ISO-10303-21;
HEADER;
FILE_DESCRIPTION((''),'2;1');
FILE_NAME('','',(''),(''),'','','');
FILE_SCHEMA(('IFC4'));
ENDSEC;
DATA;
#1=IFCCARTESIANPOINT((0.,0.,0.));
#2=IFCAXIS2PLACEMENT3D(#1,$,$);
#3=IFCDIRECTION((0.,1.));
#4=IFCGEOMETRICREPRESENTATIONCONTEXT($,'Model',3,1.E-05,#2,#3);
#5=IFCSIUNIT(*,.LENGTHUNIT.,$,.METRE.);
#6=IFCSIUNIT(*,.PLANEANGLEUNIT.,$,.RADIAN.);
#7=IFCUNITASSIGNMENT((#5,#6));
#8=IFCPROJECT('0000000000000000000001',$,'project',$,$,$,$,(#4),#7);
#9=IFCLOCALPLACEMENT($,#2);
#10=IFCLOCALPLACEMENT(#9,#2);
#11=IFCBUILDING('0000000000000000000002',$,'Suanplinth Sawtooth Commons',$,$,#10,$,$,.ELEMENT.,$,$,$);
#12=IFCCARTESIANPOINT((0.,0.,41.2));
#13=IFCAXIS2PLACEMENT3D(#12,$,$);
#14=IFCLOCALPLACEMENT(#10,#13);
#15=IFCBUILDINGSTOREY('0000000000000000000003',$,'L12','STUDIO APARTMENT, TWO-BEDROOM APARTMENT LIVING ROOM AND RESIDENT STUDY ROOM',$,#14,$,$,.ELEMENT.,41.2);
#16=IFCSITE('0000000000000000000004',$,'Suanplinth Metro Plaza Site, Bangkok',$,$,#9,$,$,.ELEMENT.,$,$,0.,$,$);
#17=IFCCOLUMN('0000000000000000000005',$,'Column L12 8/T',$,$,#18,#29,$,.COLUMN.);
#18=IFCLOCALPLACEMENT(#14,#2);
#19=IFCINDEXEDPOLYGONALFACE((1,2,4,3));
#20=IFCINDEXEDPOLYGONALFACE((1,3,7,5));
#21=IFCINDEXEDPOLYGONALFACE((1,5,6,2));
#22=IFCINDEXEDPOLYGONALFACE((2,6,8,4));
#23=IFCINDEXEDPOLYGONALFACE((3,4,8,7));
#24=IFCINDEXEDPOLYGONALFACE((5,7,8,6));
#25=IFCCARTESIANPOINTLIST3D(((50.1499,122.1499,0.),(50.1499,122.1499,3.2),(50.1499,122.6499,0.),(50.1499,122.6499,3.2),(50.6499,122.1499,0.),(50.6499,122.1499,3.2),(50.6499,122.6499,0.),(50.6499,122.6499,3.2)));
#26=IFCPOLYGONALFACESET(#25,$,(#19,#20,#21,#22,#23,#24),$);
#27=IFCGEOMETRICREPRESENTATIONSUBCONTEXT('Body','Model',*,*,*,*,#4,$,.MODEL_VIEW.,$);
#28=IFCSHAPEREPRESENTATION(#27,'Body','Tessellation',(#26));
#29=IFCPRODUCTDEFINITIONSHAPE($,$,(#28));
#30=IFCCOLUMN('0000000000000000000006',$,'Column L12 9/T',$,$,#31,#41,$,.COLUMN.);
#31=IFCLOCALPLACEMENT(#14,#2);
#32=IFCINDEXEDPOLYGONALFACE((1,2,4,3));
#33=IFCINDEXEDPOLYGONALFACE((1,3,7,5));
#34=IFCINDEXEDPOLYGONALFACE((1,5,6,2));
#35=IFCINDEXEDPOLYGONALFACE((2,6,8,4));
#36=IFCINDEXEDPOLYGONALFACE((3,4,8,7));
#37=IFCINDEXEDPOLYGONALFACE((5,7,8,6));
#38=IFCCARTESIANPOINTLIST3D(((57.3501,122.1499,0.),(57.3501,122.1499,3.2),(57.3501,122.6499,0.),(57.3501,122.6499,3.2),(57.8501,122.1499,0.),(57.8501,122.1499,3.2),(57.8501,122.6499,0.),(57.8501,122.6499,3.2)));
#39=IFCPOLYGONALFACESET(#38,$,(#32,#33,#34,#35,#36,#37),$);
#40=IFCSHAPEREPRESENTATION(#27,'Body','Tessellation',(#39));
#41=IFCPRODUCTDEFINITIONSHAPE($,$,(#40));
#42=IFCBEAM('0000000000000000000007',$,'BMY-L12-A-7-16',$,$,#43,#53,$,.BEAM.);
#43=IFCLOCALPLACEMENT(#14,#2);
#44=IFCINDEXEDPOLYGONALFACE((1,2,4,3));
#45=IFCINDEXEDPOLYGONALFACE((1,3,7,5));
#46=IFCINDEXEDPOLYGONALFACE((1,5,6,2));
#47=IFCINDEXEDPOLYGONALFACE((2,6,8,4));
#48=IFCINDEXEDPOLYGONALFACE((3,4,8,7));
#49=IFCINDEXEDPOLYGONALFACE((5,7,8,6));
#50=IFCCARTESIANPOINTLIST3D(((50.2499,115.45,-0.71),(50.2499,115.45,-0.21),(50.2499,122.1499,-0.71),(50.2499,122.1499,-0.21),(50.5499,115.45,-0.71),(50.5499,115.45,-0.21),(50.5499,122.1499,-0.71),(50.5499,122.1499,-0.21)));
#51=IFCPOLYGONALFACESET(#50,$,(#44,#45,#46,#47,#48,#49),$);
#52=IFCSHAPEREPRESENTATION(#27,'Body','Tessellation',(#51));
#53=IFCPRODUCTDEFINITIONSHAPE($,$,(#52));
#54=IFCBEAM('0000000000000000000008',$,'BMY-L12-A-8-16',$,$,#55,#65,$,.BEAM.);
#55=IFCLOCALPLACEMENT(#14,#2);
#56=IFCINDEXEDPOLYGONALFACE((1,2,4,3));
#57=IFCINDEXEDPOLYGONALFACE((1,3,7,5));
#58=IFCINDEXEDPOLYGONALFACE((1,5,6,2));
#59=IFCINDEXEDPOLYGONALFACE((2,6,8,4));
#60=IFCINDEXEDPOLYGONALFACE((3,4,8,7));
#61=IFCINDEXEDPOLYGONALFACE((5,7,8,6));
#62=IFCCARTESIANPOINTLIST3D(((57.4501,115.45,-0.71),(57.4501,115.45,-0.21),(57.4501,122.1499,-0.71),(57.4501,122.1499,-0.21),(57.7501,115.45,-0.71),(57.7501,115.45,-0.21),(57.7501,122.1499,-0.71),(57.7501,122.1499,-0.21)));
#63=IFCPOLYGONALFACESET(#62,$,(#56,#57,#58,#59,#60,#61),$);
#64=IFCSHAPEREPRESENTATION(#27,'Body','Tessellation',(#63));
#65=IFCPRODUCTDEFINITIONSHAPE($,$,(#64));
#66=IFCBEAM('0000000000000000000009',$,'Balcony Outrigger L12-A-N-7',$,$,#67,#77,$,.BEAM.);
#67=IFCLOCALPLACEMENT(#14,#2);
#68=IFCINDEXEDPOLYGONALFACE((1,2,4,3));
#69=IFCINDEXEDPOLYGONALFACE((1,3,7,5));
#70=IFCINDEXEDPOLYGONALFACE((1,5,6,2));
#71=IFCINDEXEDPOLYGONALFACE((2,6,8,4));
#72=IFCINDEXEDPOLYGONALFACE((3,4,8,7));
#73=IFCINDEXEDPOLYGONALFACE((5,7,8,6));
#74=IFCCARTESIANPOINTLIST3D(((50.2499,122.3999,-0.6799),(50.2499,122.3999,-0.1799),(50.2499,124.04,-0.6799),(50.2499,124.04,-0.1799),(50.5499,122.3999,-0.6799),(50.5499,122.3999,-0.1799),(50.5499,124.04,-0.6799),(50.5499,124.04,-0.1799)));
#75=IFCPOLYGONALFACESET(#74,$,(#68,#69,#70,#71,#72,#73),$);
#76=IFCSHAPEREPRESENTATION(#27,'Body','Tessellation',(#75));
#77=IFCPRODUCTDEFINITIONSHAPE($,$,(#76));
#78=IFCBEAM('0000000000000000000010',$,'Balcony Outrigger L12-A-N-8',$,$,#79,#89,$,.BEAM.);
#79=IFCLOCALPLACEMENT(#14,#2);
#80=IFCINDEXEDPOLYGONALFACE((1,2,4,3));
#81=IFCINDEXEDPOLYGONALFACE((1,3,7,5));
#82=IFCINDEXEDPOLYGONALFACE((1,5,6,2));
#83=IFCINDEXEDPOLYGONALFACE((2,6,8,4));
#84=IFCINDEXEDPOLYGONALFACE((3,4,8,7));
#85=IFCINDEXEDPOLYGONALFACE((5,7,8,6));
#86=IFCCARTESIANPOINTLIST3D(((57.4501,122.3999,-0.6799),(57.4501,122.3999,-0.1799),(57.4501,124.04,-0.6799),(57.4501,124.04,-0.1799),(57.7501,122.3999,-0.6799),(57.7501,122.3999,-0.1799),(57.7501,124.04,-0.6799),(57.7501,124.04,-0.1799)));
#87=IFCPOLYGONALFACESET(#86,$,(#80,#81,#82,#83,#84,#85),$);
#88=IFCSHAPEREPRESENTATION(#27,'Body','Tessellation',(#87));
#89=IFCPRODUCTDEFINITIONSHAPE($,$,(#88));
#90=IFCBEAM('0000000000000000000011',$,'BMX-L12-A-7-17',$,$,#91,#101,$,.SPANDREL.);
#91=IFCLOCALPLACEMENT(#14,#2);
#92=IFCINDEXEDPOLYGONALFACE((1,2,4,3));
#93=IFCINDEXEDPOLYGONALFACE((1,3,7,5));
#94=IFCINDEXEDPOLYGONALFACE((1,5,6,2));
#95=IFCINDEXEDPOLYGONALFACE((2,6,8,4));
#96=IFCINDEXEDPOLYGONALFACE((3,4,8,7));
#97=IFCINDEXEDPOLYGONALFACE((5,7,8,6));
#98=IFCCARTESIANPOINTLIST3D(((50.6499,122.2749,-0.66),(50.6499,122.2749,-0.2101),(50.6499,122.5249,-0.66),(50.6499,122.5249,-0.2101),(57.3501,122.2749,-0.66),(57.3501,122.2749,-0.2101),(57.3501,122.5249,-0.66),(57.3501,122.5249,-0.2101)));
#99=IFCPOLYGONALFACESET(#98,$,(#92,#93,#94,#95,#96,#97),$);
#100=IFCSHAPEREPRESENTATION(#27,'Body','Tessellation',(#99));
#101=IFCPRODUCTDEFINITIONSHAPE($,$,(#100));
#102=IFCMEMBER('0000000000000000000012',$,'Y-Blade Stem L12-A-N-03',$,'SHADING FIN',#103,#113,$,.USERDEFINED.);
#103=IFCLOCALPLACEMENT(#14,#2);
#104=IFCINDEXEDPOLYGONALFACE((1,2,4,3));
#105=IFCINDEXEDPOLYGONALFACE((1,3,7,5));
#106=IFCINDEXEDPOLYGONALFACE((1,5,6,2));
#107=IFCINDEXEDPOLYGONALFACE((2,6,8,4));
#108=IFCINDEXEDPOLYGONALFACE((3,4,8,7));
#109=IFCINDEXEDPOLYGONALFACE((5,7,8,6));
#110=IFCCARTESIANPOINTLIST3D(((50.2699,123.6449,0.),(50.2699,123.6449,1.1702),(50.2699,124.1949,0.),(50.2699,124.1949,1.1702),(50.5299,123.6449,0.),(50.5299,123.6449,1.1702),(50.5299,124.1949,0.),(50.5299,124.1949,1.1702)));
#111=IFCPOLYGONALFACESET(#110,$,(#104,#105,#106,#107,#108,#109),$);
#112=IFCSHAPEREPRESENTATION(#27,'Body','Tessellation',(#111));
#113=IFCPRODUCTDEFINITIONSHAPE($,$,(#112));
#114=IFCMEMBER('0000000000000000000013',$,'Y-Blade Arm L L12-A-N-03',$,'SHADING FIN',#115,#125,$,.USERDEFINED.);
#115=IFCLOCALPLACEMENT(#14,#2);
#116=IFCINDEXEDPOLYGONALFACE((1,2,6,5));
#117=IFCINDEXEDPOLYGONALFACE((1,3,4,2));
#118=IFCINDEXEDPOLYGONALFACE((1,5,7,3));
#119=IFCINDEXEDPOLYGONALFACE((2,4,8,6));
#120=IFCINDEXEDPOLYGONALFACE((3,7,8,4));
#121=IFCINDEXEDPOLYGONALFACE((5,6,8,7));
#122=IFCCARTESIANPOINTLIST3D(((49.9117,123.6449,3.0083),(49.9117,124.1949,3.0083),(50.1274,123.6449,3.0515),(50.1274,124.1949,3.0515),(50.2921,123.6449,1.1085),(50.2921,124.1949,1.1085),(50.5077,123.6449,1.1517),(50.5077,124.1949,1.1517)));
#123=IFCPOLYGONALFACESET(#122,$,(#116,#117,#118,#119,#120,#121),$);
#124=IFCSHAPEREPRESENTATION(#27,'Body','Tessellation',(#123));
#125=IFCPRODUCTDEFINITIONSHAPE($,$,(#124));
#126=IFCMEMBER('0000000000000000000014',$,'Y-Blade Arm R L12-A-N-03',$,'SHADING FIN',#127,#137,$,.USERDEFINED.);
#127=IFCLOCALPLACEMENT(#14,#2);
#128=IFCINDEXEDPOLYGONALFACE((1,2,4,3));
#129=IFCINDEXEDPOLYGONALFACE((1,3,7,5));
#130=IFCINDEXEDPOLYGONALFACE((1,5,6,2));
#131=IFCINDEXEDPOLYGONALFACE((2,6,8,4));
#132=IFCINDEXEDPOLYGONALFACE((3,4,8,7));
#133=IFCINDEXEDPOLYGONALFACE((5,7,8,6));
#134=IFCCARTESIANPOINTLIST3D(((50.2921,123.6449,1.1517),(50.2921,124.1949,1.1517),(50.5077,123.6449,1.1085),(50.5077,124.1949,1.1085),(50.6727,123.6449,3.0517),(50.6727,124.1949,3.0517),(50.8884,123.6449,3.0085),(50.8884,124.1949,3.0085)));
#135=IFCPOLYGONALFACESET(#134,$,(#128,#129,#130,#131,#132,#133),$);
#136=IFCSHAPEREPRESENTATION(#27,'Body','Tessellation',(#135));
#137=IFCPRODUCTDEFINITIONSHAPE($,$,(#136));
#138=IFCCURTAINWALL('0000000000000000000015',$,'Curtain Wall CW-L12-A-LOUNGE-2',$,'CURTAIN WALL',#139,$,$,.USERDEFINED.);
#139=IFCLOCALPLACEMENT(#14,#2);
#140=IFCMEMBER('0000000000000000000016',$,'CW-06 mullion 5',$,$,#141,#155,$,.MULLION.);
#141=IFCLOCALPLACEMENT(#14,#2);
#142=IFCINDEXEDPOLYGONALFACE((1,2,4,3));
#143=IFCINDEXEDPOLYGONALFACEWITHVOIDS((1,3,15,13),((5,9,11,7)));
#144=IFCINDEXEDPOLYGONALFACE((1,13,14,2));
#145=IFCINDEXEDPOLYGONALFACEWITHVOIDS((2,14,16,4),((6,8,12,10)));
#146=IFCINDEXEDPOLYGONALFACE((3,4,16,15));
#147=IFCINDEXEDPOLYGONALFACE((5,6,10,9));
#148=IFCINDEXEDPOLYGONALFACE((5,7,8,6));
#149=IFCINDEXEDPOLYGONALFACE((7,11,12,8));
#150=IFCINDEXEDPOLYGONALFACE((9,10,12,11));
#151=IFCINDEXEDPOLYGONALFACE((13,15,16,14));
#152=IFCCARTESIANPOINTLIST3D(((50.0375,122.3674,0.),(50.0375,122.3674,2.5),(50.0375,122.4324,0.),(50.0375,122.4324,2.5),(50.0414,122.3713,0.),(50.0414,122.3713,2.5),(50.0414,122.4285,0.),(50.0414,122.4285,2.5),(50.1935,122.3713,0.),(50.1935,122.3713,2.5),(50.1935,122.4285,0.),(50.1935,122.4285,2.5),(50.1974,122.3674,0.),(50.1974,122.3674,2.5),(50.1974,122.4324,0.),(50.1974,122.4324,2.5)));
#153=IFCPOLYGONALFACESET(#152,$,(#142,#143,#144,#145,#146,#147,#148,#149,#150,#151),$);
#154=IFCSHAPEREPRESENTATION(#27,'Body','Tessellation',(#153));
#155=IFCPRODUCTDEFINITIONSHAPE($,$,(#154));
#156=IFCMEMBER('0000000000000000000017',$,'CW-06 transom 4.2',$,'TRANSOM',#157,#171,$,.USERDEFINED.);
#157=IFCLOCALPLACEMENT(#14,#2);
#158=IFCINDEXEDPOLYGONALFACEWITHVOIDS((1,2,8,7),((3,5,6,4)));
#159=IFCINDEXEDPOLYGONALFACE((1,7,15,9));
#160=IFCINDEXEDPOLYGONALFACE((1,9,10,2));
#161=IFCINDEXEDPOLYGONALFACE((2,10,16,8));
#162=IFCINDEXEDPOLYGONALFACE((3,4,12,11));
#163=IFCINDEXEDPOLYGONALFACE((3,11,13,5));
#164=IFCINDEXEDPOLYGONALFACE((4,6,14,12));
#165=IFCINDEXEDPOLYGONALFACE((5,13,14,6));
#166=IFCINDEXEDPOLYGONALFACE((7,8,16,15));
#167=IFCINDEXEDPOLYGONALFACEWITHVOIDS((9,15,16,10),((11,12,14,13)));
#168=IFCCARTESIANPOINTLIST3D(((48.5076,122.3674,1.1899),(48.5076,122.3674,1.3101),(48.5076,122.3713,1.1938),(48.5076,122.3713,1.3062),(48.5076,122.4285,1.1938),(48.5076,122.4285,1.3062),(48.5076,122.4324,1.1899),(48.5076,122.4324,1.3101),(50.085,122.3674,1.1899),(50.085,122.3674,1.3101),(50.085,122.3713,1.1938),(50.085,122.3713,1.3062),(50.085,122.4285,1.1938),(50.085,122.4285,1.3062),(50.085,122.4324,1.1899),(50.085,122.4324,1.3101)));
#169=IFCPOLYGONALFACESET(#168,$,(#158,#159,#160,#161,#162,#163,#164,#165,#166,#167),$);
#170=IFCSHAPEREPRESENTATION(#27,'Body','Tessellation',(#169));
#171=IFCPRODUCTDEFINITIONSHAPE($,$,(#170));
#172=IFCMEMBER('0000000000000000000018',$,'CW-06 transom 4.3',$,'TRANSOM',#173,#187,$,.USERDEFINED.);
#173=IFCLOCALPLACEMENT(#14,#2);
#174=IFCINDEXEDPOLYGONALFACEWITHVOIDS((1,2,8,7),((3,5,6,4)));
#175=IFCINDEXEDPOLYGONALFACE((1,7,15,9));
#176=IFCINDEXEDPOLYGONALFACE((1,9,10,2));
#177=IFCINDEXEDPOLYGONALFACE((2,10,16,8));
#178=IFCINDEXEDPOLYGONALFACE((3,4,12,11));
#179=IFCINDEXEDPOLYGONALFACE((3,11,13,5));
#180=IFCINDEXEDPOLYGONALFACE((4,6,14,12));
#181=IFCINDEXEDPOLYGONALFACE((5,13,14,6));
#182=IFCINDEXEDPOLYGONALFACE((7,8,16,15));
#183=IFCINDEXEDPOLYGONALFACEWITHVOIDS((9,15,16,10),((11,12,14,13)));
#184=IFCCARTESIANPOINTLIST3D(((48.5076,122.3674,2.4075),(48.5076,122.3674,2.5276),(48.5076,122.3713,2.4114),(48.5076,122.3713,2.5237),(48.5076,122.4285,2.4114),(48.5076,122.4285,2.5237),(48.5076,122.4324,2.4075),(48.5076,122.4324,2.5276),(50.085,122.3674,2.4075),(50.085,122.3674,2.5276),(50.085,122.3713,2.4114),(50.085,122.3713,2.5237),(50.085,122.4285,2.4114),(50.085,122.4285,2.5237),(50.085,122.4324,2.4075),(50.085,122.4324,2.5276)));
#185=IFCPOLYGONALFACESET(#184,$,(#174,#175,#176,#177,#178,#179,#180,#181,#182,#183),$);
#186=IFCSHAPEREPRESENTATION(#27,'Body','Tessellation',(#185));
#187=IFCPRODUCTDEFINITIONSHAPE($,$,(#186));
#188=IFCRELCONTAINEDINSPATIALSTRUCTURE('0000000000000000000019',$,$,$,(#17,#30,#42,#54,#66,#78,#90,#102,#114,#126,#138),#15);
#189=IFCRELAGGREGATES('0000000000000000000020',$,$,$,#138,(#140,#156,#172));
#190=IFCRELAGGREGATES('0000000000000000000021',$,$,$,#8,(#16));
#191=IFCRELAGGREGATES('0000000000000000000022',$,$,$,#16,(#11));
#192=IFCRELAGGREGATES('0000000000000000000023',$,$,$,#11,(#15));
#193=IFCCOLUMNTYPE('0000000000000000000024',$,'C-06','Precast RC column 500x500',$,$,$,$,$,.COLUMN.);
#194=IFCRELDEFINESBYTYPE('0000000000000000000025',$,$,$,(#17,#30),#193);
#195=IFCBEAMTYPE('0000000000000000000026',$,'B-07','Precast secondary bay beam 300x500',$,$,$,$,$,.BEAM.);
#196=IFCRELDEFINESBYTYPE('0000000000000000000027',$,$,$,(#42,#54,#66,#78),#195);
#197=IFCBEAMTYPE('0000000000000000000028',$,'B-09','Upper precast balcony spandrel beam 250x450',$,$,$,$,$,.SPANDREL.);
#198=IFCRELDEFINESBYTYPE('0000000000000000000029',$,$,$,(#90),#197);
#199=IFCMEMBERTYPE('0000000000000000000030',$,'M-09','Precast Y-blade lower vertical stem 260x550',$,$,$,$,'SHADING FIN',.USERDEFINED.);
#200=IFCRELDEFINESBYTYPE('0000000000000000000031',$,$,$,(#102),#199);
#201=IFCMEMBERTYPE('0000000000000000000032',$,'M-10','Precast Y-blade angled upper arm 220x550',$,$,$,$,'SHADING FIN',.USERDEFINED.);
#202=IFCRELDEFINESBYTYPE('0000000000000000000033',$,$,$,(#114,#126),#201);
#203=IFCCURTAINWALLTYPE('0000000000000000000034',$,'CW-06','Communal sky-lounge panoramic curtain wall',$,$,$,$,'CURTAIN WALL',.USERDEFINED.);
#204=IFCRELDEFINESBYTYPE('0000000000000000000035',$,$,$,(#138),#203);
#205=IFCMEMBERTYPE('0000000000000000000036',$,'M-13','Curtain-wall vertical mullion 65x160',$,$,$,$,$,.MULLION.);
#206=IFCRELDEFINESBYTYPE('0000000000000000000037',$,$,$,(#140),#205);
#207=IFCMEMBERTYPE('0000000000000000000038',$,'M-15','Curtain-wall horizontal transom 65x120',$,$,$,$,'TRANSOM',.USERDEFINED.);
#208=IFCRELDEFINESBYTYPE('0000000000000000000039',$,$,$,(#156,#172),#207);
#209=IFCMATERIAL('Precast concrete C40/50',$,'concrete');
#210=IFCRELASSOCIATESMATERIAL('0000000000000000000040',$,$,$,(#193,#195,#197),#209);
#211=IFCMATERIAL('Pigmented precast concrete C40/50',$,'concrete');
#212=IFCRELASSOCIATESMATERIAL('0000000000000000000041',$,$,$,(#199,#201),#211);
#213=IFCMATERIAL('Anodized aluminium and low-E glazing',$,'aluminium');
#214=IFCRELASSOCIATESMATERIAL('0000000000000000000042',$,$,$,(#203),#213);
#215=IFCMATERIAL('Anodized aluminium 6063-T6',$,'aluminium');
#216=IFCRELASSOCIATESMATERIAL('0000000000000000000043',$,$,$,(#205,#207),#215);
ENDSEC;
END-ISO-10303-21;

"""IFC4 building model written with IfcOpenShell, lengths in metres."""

from ifc_helpers import new_model, si_unit, direction, frame, origin, origin_2d, place, context, subcontext, project, spatial, rectangle, hollow_rectangle, extrude, material, material_profile, profile_set, type_object, element, aggregate, save


model = new_model("IFC4")

# Units and contexts
model_context = context("Model", 3, precision=1e-05, world=origin(), true_north=direction((0.0, 1.0)))
body_context = subcontext(model_context, "Body", "Model", "MODEL_VIEW")
ifc_project = project(units=[si_unit("LENGTHUNIT", "METRE"), si_unit("PLANEANGLEUNIT", "RADIAN")], contexts=[model_context])

# Site, building, storey
site_placement = place(None, origin())
site = spatial("IfcSite", under=ifc_project, at=site_placement, Name="Suanplinth Metro Plaza Site, Bangkok", CompositionType="ELEMENT", RefElevation=0.0)
building_placement = place(site_placement, origin())
building = spatial("IfcBuilding", under=site, at=building_placement, Name="Suanplinth Sawtooth Commons", CompositionType="ELEMENT")
storey_placement = place(building_placement, frame((0.0, 0.0, 41.2)))
storey = spatial("IfcBuildingStorey", under=building, at=storey_placement, Name="L12", Description="STUDIO APARTMENT, TWO-BEDROOM APARTMENT LIVING ROOM AND RESIDENT STUDY ROOM", CompositionType="ELEMENT", Elevation=41.2)

# Columns
ifc_material_1 = material(Name="Precast concrete C40/50", Category="concrete")
ifc_material_profile_1 = material_profile(ifc_material_1, rectangle(XDim=0.5, YDim=0.5, at=origin_2d()), Name="PC-COL 500x500")
ifc_profile_set_1 = profile_set([ifc_material_profile_1], Name="Precast concrete C40/50")
column_type = type_object("IfcColumnType", Name="C-06", Description="Precast RC column 500x500", PredefinedType="COLUMN", material=ifc_profile_set_1)
for number, where, z_axis, x_axis, name in (
    (1, (50.3999, 122.3999, 0.0), (0.0, 0.0, 1.0), (1.0, 0.0, 0.0), "Column L12 8/T"),
    (2, (57.6001, 122.3999, 0.0), (0.0, 0.0, 1.0), (1.0, 0.0, 0.0), "Column L12 9/T"),
):
    element("IfcColumn", number, at=place(storey_placement, frame(where, z_axis=z_axis, x_axis=x_axis)), inside=storey, type_object=column_type, Name=name, PredefinedType="COLUMN", context=body_context, shape_type="SweptSolid", body=[
        extrude(rectangle(XDim=0.5, YDim=0.5, at=origin_2d()), origin(), (0.0, 0.0, 1.0), 3.2),
    ])

# Beams
ifc_material_profile_2 = material_profile(ifc_material_1, rectangle(XDim=0.3, YDim=0.5, at=origin_2d()), Name="PC-BM 300x500")
ifc_profile_set_2 = profile_set([ifc_material_profile_2], Name="Precast concrete C40/50")
beam_type_1 = type_object("IfcBeamType", Name="B-07", Description="Precast secondary bay beam 300x500", PredefinedType="BEAM", material=ifc_profile_set_2)
for number, where, z_axis, x_axis, name in (
    (3, (50.3999, 115.45, -0.46), (0.0, 1.0, 0.0), (-1.0, 0.0, 0.0), "BMY-L12-A-7-16"),
    (4, (57.6001, 115.45, -0.46), (0.0, 1.0, 0.0), (-1.0, 0.0, 0.0), "BMY-L12-A-8-16"),
):
    element("IfcBeam", number, at=place(storey_placement, frame(where, z_axis=z_axis, x_axis=x_axis)), inside=storey, type_object=beam_type_1, Name=name, PredefinedType="BEAM", context=body_context, shape_type="SweptSolid", body=[
        extrude(rectangle(XDim=0.3, YDim=0.5, at=origin_2d()), origin(), (0.0, 0.0, 1.0), 6.7),
    ])
for number, where, z_axis, x_axis, name in (
    (5, (50.3999, 122.3999, -0.4299), (0.0, 1.0, 0.0), (-1.0, 0.0, 0.0), "Balcony Outrigger L12-A-N-7"),
    (6, (57.6001, 122.3999, -0.4299), (0.0, 1.0, 0.0), (-1.0, 0.0, 0.0), "Balcony Outrigger L12-A-N-8"),
):
    element("IfcBeam", number, at=place(storey_placement, frame(where, z_axis=z_axis, x_axis=x_axis)), inside=storey, type_object=beam_type_1, Name=name, PredefinedType="BEAM", context=body_context, shape_type="SweptSolid", body=[
        extrude(rectangle(XDim=0.3, YDim=0.5, at=origin_2d()), origin(), (0.0, 0.0, 1.0), 1.6401),
    ])
ifc_material_profile_3 = material_profile(ifc_material_1, rectangle(XDim=0.25, YDim=0.45, at=origin_2d()), Name="PC-SP 250x450")
ifc_profile_set_3 = profile_set([ifc_material_profile_3], Name="Precast concrete C40/50")
beam_type_2 = type_object("IfcBeamType", Name="B-09", Description="Upper precast balcony spandrel beam 250x450", PredefinedType="SPANDREL", material=ifc_profile_set_3)
beam_placement = place(storey_placement, frame((50.6499, 122.3999, -0.4351), z_axis=(1.0, 0.0, 0.0), x_axis=(0.0, 1.0, 0.0)))
element("IfcBeam", 7, at=beam_placement, inside=storey, type_object=beam_type_2, Name="BMX-L12-A-7-17", PredefinedType="SPANDREL", context=body_context, shape_type="SweptSolid", body=[
    extrude(rectangle(XDim=0.25, YDim=0.45, at=origin_2d()), origin(), (0.0, 0.0, 1.0), 6.7002),
])

# Members
ifc_material_2 = material(Name="Pigmented precast concrete C40/50", Category="concrete")
ifc_material_profile_4 = material_profile(ifc_material_2, rectangle(XDim=0.26, YDim=0.55, at=origin_2d()), Name="PC-FIN 260x550")
ifc_profile_set_4 = profile_set([ifc_material_profile_4], Name="Pigmented precast concrete C40/50")
member_type_1 = type_object("IfcMemberType", Name="M-09", Description="Precast Y-blade lower vertical stem 260x550", ElementType="SHADING FIN", PredefinedType="USERDEFINED", material=ifc_profile_set_4)
member_1_placement = place(storey_placement, frame((50.3999, 123.9199, 0.0), z_axis=(0.0, 0.0, 1.0), x_axis=(1.0, 0.0, 0.0)))
element("IfcMember", 8, at=member_1_placement, inside=storey, type_object=member_type_1, Name="Y-Blade Stem L12-A-N-03", ObjectType="SHADING FIN", PredefinedType="USERDEFINED", context=body_context, shape_type="SweptSolid", body=[
    extrude(rectangle(XDim=0.26, YDim=0.55, at=origin_2d()), origin(), (0.0, 0.0, 1.0), 1.1702),
])
ifc_material_profile_5 = material_profile(ifc_material_2, rectangle(XDim=0.22, YDim=0.55, at=origin_2d()), Name="PC-FIN 220x550")
ifc_profile_set_5 = profile_set([ifc_material_profile_5], Name="Pigmented precast concrete C40/50")
member_type_2 = type_object("IfcMemberType", Name="M-10", Description="Precast Y-blade angled upper arm 220x550", ElementType="SHADING FIN", PredefinedType="USERDEFINED", material=ifc_profile_set_5)
member_2_placement = place(storey_placement, frame((50.3999, 123.9199, 1.1301), z_axis=(-0.19631, 0.0, 0.980542), x_axis=(0.980542, 0.0, 0.19631)))
element("IfcMember", 9, at=member_2_placement, inside=storey, type_object=member_type_2, Name="Y-Blade Arm L L12-A-N-03", ObjectType="SHADING FIN", PredefinedType="USERDEFINED", context=body_context, shape_type="SweptSolid", body=[
    extrude(rectangle(XDim=0.22, YDim=0.55, at=origin_2d()), origin(), (0.0, 0.0, 1.0), 1.9375),
])
member_3_placement = place(storey_placement, frame((50.3999, 123.9199, 1.1301), z_axis=(0.196431, 0.0, 0.980518), x_axis=(-0.980518, 0.0, 0.196431)))
element("IfcMember", 10, at=member_3_placement, inside=storey, type_object=member_type_2, Name="Y-Blade Arm R L12-A-N-03", ObjectType="SHADING FIN", PredefinedType="USERDEFINED", context=body_context, shape_type="SweptSolid", body=[
    extrude(rectangle(XDim=0.22, YDim=0.55, at=origin_2d()), origin(), (0.0, 0.0, 1.0), 1.9377),
])

# Curtain wall, members
ifc_material_3 = material(Name="Anodized aluminium and low-E glazing", Category="aluminium")
curtain_wall_type = type_object("IfcCurtainWallType", Name="CW-06", Description="Communal sky-lounge panoramic curtain wall", ElementType="CURTAIN WALL", PredefinedType="USERDEFINED", material=ifc_material_3)
curtain_wall_placement = place(storey_placement, origin())
curtain_wall = element("IfcCurtainWall", 11, at=curtain_wall_placement, inside=storey, type_object=curtain_wall_type, Name="Curtain Wall CW-L12-A-LOUNGE-2", ObjectType="CURTAIN WALL", PredefinedType="USERDEFINED")
ifc_material_4 = material(Name="Anodized aluminium 6063-T6", Category="aluminium")
ifc_material_profile_6 = material_profile(ifc_material_4, hollow_rectangle(XDim=0.0649, YDim=0.1599, WallThickness=0.0039, at=origin_2d()), Name="ALU-MUL 65x160")
ifc_profile_set_6 = profile_set([ifc_material_profile_6], Name="Anodized aluminium 6063-T6")
member_type_3 = type_object("IfcMemberType", Name="M-13", Description="Curtain-wall vertical mullion 65x160", PredefinedType="MULLION", material=ifc_profile_set_6)
member_4_placement = place(storey_placement, frame((50.1174, 122.3999, 0.0), z_axis=(0.0, 0.0, 1.0), x_axis=(0.0, 1.0, 0.0)))
member_4 = element("IfcMember", 12, at=member_4_placement, type_object=member_type_3, Name="CW-06 mullion 5", PredefinedType="MULLION", context=body_context, shape_type="SweptSolid", body=[
    extrude(hollow_rectangle(XDim=0.0649, YDim=0.1599, WallThickness=0.0039, at=origin_2d()), origin(), (0.0, 0.0, 1.0), 2.5),
])
ifc_material_profile_7 = material_profile(ifc_material_4, hollow_rectangle(XDim=0.0649, YDim=0.1201, WallThickness=0.0039, at=origin_2d()), Name="ALU-TRN 65x120")
ifc_profile_set_7 = profile_set([ifc_material_profile_7], Name="Anodized aluminium 6063-T6")
member_type_4 = type_object("IfcMemberType", Name="M-15", Description="Curtain-wall horizontal transom 65x120", ElementType="TRANSOM", PredefinedType="USERDEFINED", material=ifc_profile_set_7)
member_5_placement = place(storey_placement, frame((48.5076, 122.3999, 1.25), z_axis=(1.0, 0.0, 0.0), x_axis=(0.0, 1.0, 0.0)))
member_5 = element("IfcMember", 13, at=member_5_placement, type_object=member_type_4, Name="CW-06 transom 4.2", ObjectType="TRANSOM", PredefinedType="USERDEFINED", context=body_context, shape_type="SweptSolid", body=[
    extrude(hollow_rectangle(XDim=0.0649, YDim=0.1201, WallThickness=0.0039, at=origin_2d()), origin(), (0.0, 0.0, 1.0), 1.5774),
])
member_6_placement = place(storey_placement, frame((48.5076, 122.3999, 2.4675), z_axis=(1.0, 0.0, 0.0), x_axis=(0.0, 1.0, 0.0)))
member_6 = element("IfcMember", 14, at=member_6_placement, type_object=member_type_4, Name="CW-06 transom 4.3", ObjectType="TRANSOM", PredefinedType="USERDEFINED", context=body_context, shape_type="SweptSolid", body=[
    extrude(hollow_rectangle(XDim=0.0649, YDim=0.1201, WallThickness=0.0039, at=origin_2d()), origin(), (0.0, 0.0, 1.0), 1.5774),
])

aggregate(curtain_wall, [member_4, member_5, member_6])

save(model, "model.ifc")
